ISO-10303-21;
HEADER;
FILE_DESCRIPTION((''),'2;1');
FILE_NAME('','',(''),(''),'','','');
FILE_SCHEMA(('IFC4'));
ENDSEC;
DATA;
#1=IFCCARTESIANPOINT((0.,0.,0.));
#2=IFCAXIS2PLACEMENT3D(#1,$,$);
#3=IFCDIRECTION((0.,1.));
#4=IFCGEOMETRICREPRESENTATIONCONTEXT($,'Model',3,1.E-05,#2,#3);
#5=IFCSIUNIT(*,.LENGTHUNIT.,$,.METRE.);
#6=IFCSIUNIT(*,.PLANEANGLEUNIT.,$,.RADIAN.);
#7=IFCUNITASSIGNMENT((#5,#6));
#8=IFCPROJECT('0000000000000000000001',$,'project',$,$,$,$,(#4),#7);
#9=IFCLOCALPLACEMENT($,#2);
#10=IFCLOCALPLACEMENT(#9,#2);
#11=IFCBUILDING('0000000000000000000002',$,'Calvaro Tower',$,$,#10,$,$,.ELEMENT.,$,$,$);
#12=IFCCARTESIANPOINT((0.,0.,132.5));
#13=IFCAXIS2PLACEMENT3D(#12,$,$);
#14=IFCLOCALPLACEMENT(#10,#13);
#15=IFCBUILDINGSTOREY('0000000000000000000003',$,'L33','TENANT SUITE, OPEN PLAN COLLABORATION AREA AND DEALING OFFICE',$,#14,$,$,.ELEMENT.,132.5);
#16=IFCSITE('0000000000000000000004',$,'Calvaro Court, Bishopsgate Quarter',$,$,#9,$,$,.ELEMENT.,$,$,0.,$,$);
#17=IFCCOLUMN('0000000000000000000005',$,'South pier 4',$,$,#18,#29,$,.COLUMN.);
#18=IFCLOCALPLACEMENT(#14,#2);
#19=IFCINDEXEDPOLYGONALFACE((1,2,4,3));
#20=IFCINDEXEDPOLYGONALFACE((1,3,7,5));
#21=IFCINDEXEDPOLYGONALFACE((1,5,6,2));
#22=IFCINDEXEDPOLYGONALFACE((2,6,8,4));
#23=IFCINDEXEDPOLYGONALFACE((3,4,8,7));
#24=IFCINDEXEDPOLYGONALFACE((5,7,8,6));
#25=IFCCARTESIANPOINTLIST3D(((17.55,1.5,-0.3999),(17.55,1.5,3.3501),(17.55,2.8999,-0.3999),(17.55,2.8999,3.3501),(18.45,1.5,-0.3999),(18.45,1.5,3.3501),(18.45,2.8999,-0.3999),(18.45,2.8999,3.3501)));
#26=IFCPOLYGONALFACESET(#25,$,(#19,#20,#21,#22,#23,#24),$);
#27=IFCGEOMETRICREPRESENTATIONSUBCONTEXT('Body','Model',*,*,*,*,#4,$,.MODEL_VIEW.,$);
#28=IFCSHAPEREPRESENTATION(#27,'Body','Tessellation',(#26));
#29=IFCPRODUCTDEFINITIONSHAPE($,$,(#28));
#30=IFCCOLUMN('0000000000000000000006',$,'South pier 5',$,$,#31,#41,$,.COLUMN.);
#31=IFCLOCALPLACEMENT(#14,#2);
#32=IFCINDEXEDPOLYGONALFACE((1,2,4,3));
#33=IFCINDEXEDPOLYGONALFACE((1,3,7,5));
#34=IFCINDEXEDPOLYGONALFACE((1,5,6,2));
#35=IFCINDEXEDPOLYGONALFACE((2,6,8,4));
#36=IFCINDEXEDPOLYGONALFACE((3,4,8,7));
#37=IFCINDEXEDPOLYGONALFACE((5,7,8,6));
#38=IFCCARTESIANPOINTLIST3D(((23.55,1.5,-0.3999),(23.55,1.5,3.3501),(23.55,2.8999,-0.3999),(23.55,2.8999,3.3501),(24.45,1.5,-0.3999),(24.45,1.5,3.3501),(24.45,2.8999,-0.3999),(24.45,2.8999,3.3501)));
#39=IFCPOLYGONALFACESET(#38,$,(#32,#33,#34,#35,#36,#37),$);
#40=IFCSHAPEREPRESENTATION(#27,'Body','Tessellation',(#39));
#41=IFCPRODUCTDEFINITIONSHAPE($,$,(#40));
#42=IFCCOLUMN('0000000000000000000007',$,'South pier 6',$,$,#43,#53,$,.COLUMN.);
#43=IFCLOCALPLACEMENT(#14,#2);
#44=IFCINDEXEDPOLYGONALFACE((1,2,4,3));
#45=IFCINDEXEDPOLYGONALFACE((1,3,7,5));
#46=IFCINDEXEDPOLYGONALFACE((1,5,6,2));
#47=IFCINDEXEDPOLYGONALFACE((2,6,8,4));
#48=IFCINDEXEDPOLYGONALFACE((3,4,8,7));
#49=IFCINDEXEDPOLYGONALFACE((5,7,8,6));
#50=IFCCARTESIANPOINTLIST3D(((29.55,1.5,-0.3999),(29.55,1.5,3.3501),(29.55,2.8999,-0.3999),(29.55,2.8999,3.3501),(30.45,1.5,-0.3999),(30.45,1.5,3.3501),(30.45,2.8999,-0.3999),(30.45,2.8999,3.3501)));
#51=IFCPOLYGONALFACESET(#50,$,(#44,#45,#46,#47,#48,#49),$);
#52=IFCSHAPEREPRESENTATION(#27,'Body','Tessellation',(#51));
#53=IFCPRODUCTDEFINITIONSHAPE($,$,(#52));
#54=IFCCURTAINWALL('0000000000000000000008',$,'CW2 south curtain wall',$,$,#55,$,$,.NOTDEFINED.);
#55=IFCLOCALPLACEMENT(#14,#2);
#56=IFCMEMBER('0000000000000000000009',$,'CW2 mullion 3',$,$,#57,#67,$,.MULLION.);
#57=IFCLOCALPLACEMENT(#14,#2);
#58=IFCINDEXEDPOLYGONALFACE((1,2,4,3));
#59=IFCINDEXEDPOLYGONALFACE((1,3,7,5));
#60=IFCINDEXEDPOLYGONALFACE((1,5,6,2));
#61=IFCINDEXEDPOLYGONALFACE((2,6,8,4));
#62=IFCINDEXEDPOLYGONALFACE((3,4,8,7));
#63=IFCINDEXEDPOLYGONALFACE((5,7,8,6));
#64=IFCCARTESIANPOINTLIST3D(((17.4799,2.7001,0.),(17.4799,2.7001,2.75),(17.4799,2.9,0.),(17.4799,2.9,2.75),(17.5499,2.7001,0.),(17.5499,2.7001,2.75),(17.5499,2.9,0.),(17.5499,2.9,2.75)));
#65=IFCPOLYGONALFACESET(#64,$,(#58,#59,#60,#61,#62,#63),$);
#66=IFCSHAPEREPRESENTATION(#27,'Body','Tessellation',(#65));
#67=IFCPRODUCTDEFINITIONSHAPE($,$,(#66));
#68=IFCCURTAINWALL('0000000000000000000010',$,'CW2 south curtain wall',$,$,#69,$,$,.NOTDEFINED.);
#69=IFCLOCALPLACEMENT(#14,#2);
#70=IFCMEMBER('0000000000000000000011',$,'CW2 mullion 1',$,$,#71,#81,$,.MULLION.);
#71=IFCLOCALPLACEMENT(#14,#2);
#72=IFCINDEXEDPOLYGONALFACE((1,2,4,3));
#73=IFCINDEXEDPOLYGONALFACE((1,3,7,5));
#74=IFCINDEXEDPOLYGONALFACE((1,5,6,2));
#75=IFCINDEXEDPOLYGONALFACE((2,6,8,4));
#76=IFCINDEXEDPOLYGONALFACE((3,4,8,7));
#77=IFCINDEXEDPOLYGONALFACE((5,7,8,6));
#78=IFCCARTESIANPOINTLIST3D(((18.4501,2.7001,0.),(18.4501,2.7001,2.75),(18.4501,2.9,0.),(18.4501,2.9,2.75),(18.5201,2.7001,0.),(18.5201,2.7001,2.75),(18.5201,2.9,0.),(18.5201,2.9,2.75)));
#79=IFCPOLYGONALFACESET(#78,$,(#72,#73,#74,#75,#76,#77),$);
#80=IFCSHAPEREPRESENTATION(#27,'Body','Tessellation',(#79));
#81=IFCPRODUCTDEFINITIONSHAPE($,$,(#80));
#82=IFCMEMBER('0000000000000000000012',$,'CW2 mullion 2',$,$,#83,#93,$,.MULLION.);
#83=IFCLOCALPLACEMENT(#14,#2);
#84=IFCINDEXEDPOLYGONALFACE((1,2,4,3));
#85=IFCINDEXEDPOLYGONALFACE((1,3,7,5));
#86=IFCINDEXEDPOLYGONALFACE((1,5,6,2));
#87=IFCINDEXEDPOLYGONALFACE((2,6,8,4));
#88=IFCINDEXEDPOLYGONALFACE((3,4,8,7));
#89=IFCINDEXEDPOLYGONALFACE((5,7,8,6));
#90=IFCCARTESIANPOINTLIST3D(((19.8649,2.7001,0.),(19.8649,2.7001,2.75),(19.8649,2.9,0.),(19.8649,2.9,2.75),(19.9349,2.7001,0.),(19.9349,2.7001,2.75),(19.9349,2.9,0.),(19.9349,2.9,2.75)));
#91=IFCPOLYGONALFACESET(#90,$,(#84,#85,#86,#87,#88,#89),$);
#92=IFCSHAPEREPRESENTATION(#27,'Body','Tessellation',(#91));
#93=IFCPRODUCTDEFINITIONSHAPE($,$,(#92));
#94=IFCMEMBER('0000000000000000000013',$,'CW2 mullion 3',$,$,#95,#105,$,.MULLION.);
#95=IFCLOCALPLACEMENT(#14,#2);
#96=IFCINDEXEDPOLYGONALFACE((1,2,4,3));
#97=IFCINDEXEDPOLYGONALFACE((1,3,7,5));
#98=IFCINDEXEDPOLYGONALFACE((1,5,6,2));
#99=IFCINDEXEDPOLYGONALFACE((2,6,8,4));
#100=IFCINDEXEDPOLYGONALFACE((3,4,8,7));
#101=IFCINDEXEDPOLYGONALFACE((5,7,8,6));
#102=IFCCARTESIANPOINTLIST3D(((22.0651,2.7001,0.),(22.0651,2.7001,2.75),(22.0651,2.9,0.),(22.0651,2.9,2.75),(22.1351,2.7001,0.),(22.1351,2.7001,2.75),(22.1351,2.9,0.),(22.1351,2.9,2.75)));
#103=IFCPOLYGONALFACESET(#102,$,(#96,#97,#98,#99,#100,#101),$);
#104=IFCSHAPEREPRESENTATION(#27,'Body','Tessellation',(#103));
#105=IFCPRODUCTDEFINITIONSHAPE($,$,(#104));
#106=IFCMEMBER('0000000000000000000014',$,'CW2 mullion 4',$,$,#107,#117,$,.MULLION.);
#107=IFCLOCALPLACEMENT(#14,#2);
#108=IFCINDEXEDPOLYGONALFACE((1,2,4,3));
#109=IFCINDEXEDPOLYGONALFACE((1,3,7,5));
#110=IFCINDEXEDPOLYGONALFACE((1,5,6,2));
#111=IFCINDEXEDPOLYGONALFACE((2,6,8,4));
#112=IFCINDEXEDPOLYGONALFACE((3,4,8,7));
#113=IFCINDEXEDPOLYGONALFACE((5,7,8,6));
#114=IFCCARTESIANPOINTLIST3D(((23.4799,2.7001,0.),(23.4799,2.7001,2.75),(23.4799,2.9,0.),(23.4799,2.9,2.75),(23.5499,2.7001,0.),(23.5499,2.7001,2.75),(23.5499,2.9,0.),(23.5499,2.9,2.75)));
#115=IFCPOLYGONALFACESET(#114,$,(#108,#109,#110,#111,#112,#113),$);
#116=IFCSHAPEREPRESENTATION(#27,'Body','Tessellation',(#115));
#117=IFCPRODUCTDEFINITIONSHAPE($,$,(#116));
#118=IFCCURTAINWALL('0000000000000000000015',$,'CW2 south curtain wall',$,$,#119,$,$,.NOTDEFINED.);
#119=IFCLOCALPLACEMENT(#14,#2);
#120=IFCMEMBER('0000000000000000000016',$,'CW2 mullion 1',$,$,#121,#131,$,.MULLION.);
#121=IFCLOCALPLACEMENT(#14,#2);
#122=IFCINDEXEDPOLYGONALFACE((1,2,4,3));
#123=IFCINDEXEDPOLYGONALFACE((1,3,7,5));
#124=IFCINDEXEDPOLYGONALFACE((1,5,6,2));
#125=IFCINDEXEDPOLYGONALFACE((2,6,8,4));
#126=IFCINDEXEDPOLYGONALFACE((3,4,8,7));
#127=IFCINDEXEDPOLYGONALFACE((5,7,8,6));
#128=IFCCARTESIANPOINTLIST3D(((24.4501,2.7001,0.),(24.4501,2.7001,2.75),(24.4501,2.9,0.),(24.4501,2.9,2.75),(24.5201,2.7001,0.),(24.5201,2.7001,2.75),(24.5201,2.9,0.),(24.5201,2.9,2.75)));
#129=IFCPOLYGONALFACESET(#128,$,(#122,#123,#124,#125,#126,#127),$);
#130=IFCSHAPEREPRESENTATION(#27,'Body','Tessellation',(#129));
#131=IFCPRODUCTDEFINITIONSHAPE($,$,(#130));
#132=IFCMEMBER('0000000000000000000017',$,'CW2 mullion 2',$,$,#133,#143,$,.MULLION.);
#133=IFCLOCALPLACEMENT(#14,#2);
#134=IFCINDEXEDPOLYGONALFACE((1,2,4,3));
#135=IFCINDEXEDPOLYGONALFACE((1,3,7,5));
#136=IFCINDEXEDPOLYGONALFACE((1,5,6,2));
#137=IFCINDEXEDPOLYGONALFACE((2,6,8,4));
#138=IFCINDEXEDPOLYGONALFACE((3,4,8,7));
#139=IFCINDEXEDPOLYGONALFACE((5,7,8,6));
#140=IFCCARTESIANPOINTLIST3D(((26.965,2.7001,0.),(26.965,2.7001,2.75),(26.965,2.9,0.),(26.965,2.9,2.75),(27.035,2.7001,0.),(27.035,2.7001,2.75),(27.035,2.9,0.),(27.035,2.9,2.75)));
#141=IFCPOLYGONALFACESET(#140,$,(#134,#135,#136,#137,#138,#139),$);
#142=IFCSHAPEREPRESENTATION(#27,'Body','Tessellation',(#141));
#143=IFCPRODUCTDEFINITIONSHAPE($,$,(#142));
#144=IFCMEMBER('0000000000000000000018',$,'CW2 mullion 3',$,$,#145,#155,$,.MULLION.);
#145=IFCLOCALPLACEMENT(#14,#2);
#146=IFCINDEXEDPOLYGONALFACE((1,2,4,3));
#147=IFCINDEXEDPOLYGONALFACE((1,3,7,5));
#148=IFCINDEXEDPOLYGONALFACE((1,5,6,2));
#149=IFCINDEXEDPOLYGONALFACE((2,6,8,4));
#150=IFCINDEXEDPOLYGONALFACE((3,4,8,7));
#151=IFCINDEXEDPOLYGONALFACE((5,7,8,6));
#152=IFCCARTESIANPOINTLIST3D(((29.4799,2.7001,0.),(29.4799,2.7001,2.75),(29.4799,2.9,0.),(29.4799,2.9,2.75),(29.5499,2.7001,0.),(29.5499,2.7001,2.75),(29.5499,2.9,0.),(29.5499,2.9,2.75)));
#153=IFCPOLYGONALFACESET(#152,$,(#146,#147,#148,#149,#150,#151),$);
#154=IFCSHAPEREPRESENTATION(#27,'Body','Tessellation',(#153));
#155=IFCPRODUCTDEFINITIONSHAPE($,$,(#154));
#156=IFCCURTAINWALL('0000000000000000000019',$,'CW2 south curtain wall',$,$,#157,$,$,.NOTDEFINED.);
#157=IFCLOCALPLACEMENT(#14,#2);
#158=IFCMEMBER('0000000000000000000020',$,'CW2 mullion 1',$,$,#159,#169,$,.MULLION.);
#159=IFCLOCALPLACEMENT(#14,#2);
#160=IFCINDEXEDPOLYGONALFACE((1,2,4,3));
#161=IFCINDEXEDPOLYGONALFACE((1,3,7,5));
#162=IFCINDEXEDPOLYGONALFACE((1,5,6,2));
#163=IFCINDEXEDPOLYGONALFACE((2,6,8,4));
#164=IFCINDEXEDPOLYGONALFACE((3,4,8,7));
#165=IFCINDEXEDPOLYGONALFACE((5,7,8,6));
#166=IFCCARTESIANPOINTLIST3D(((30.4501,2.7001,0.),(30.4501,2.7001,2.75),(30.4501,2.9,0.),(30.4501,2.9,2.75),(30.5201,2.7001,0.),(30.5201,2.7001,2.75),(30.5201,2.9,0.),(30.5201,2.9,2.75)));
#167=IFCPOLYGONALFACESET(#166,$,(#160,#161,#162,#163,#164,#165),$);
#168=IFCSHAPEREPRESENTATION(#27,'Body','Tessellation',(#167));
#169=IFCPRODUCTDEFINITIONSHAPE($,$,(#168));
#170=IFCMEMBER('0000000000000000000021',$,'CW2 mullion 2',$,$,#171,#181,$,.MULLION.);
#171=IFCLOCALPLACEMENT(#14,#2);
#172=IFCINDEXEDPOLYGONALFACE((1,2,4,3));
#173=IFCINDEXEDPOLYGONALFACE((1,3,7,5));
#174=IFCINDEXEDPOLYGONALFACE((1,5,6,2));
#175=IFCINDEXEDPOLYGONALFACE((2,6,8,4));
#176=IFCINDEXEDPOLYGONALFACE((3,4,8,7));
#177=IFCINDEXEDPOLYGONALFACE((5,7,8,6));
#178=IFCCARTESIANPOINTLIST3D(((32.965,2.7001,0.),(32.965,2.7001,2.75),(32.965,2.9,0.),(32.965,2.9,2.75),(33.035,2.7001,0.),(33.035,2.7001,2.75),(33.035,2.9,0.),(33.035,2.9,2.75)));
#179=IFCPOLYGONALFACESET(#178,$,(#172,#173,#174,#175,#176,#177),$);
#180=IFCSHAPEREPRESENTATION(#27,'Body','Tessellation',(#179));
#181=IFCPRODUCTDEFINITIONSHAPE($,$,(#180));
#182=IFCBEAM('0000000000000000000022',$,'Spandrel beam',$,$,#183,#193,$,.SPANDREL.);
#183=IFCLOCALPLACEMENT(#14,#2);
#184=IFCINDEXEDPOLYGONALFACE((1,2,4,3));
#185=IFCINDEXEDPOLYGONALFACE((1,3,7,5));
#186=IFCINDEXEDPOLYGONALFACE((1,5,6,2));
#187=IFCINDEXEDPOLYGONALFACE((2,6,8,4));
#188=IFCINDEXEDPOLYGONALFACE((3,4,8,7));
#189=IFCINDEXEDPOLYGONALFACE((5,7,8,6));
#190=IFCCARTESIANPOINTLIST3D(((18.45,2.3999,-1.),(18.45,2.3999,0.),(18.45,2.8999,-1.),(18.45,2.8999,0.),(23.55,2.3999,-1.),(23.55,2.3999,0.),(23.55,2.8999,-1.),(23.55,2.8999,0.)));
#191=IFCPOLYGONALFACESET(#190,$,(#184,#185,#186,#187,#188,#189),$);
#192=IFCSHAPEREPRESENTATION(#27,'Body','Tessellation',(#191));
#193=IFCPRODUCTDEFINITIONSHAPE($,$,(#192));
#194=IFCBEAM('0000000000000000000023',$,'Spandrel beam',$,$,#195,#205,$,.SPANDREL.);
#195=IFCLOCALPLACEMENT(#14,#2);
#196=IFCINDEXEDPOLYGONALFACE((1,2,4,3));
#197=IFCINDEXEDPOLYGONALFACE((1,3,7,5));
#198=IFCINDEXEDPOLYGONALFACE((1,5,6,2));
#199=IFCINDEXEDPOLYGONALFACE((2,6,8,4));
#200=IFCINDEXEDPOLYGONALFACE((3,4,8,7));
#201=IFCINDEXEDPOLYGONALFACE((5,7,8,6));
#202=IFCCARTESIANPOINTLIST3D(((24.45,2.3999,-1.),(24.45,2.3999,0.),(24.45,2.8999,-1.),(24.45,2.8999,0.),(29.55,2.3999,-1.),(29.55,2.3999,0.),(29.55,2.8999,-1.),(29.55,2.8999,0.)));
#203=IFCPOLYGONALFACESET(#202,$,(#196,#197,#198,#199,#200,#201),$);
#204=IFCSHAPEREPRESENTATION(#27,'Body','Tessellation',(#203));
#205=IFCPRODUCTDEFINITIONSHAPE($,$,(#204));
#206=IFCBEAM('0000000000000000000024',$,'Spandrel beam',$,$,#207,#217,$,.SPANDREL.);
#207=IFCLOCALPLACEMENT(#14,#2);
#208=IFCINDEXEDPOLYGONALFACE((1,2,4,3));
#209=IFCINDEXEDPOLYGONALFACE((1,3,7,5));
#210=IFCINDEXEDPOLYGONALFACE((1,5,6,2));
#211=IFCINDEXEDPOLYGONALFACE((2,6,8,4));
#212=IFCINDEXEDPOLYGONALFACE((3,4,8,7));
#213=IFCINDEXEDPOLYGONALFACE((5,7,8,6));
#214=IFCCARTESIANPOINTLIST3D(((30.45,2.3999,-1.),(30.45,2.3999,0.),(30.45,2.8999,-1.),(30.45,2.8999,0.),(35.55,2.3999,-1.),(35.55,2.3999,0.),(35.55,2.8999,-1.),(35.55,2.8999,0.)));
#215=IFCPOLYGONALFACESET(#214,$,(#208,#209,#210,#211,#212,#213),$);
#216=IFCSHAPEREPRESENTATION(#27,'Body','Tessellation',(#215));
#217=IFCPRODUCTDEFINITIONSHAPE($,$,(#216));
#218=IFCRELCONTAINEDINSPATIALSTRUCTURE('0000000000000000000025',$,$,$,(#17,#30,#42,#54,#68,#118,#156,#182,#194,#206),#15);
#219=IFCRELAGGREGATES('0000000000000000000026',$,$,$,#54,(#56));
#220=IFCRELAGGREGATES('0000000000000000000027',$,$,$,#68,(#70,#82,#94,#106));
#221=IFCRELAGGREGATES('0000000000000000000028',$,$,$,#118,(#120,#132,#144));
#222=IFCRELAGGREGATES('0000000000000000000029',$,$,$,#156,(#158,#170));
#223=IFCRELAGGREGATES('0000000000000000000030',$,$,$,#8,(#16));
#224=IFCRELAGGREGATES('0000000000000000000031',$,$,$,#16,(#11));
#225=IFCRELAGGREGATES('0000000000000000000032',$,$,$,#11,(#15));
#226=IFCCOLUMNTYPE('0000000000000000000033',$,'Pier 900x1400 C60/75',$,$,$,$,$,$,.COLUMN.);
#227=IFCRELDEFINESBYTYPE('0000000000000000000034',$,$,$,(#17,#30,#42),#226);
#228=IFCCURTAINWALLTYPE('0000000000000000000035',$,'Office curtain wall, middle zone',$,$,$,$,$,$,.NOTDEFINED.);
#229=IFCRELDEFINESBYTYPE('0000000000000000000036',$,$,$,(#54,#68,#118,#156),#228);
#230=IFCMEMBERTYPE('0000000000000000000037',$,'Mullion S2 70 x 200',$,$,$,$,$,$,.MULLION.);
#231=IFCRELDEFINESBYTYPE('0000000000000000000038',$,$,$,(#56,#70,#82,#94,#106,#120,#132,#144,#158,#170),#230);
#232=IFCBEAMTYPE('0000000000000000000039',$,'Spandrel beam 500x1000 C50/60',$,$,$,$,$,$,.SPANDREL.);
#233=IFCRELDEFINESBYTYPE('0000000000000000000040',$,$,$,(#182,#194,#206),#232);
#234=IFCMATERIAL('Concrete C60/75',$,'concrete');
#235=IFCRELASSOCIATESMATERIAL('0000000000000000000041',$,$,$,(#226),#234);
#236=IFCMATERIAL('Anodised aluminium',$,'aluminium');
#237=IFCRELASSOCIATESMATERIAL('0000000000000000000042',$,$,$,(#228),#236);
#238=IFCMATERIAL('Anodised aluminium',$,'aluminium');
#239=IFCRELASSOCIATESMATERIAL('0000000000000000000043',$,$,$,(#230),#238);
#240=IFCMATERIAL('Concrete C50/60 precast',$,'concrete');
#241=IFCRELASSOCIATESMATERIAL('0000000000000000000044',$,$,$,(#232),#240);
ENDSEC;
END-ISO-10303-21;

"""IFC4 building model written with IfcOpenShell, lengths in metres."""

from ifc_helpers import new_model, si_unit, direction, frame, origin, origin_2d, place, context, subcontext, project, spatial, rectangle, extrude, material, material_profile, profile_set, type_object, element, aggregate, save


model = new_model("IFC4")

# Units and contexts
model_context = context("Model", 3, precision=1e-05, world=origin(), true_north=direction((0.0, 1.0)))
body_context = subcontext(model_context, "Body", "Model", "MODEL_VIEW")
ifc_project = project(units=[si_unit("LENGTHUNIT", "METRE"), si_unit("PLANEANGLEUNIT", "RADIAN")], contexts=[model_context])

# Site, building, storey
site_placement = place(None, origin())
site = spatial("IfcSite", under=ifc_project, at=site_placement, Name="Calvaro Court, Bishopsgate Quarter", CompositionType="ELEMENT", RefElevation=0.0)
building_placement = place(site_placement, origin())
building = spatial("IfcBuilding", under=site, at=building_placement, Name="Calvaro Tower", CompositionType="ELEMENT")
storey_placement = place(building_placement, frame((0.0, 0.0, 132.5)))
storey = spatial("IfcBuildingStorey", under=building, at=storey_placement, Name="L33", Description="TENANT SUITE, OPEN PLAN COLLABORATION AREA AND DEALING OFFICE", CompositionType="ELEMENT", Elevation=132.5)

# Columns
ifc_material_1 = material(Name="Concrete C60/75", Category="concrete")
ifc_material_profile_1 = material_profile(ifc_material_1, rectangle(XDim=0.8999, YDim=1.3999, at=origin_2d()), Name="RC 900x1400")
ifc_profile_set_1 = profile_set([ifc_material_profile_1], Name="Concrete C60/75")
column_type = type_object("IfcColumnType", Name="Pier 900x1400 C60/75", PredefinedType="COLUMN", material=ifc_profile_set_1)
for number, where, z_axis, x_axis, name in (
    (1, (18.0, 2.2, -0.3999), (0.0, 0.0, 1.0), (1.0, 0.0, 0.0), "South pier 4"),
    (2, (24.0, 2.2, -0.3999), (0.0, 0.0, 1.0), (1.0, 0.0, 0.0), "South pier 5"),
    (3, (30.0, 2.2, -0.3999), (0.0, 0.0, 1.0), (1.0, 0.0, 0.0), "South pier 6"),
):
    element("IfcColumn", number, at=place(storey_placement, frame(where, z_axis=z_axis, x_axis=x_axis)), inside=storey, type_object=column_type, Name=name, PredefinedType="COLUMN", context=body_context, shape_type="SweptSolid", body=[
        extrude(rectangle(XDim=0.8999, YDim=1.3999, at=origin_2d()), origin(), (0.0, 0.0, 1.0), 3.75),
    ])

# Curtain wall, member
ifc_material_2 = material(Name="Anodised aluminium", Category="aluminium")
curtain_wall_type = type_object("IfcCurtainWallType", Name="Office curtain wall, middle zone", PredefinedType="NOTDEFINED", material=ifc_material_2)
curtain_wall_1_placement = place(storey_placement, origin())
curtain_wall_1 = element("IfcCurtainWall", 4, at=curtain_wall_1_placement, inside=storey, type_object=curtain_wall_type, Name="CW2 south curtain wall", PredefinedType="NOTDEFINED")
ifc_material_3 = material(Name="Anodised aluminium", Category="aluminium")
ifc_material_profile_2 = material_profile(ifc_material_3, rectangle(XDim=0.2, YDim=0.0701, at=origin_2d()), Name="Mullion S2 70 x 200")
ifc_profile_set_2 = profile_set([ifc_material_profile_2], Name="Anodised aluminium")
member_type_1 = type_object("IfcMemberType", Name="Mullion S2 70 x 200", PredefinedType="MULLION", material=ifc_profile_set_2)
member_1_placement = place(storey_placement, frame((17.5149, 2.8, 0.0), z_axis=(0.0, 0.0, 1.0), x_axis=(0.0, 1.0, 0.0)))
member_1 = element("IfcMember", 5, at=member_1_placement, type_object=member_type_1, Name="CW2 mullion 3", PredefinedType="MULLION", context=body_context, shape_type="SweptSolid", body=[
    extrude(rectangle(XDim=0.2, YDim=0.0701, at=origin_2d()), origin(), (0.0, 0.0, 1.0), 2.75),
])
aggregate(curtain_wall_1, [member_1])

# Curtain walls, members
curtain_wall_2_placement = place(storey_placement, origin())
curtain_wall_2 = element("IfcCurtainWall", 6, at=curtain_wall_2_placement, inside=storey, type_object=curtain_wall_type, Name="CW2 south curtain wall", PredefinedType="NOTDEFINED")
member_2_placement = place(storey_placement, frame((18.4851, 2.8, 0.0), z_axis=(0.0, 0.0, 1.0), x_axis=(0.0, 1.0, 0.0)))
member_2 = element("IfcMember", 7, at=member_2_placement, type_object=member_type_1, Name="CW2 mullion 1", PredefinedType="MULLION", context=body_context, shape_type="SweptSolid", body=[
    extrude(rectangle(XDim=0.2, YDim=0.0701, at=origin_2d()), origin(), (0.0, 0.0, 1.0), 2.75),
])
member_3_placement = place(storey_placement, frame((19.8999, 2.8, 0.0), z_axis=(0.0, 0.0, 1.0), x_axis=(0.0, 1.0, 0.0)))
member_3 = element("IfcMember", 8, at=member_3_placement, type_object=member_type_1, Name="CW2 mullion 2", PredefinedType="MULLION", context=body_context, shape_type="SweptSolid", body=[
    extrude(rectangle(XDim=0.2, YDim=0.0701, at=origin_2d()), origin(), (0.0, 0.0, 1.0), 2.75),
])
member_4_placement = place(storey_placement, frame((22.1001, 2.8, 0.0), z_axis=(0.0, 0.0, 1.0), x_axis=(0.0, 1.0, 0.0)))
member_4 = element("IfcMember", 9, at=member_4_placement, type_object=member_type_1, Name="CW2 mullion 3", PredefinedType="MULLION", context=body_context, shape_type="SweptSolid", body=[
    extrude(rectangle(XDim=0.2, YDim=0.0701, at=origin_2d()), origin(), (0.0, 0.0, 1.0), 2.75),
])
member_5_placement = place(storey_placement, frame((23.5149, 2.8, 0.0), z_axis=(0.0, 0.0, 1.0), x_axis=(0.0, 1.0, 0.0)))
member_5 = element("IfcMember", 10, at=member_5_placement, type_object=member_type_1, Name="CW2 mullion 4", PredefinedType="MULLION", context=body_context, shape_type="SweptSolid", body=[
    extrude(rectangle(XDim=0.2, YDim=0.0701, at=origin_2d()), origin(), (0.0, 0.0, 1.0), 2.75),
])
curtain_wall_3_placement = place(storey_placement, origin())
curtain_wall_3 = element("IfcCurtainWall", 11, at=curtain_wall_3_placement, inside=storey, type_object=curtain_wall_type, Name="CW2 south curtain wall", PredefinedType="NOTDEFINED")
member_6_placement = place(storey_placement, frame((24.4851, 2.8, 0.0), z_axis=(0.0, 0.0, 1.0), x_axis=(0.0, 1.0, 0.0)))
member_6 = element("IfcMember", 12, at=member_6_placement, type_object=member_type_1, Name="CW2 mullion 1", PredefinedType="MULLION", context=body_context, shape_type="SweptSolid", body=[
    extrude(rectangle(XDim=0.2, YDim=0.0701, at=origin_2d()), origin(), (0.0, 0.0, 1.0), 2.75),
])
member_7_placement = place(storey_placement, frame((27.0, 2.8, 0.0), z_axis=(0.0, 0.0, 1.0), x_axis=(0.0, 1.0, 0.0)))
member_7 = element("IfcMember", 13, at=member_7_placement, type_object=member_type_1, Name="CW2 mullion 2", PredefinedType="MULLION", context=body_context, shape_type="SweptSolid", body=[
    extrude(rectangle(XDim=0.2, YDim=0.0701, at=origin_2d()), origin(), (0.0, 0.0, 1.0), 2.75),
])
member_8_placement = place(storey_placement, frame((29.5149, 2.8, 0.0), z_axis=(0.0, 0.0, 1.0), x_axis=(0.0, 1.0, 0.0)))
member_8 = element("IfcMember", 14, at=member_8_placement, type_object=member_type_1, Name="CW2 mullion 3", PredefinedType="MULLION", context=body_context, shape_type="SweptSolid", body=[
    extrude(rectangle(XDim=0.2, YDim=0.0701, at=origin_2d()), origin(), (0.0, 0.0, 1.0), 2.75),
])
curtain_wall_4_placement = place(storey_placement, origin())
curtain_wall_4 = element("IfcCurtainWall", 15, at=curtain_wall_4_placement, inside=storey, type_object=curtain_wall_type, Name="CW2 south curtain wall", PredefinedType="NOTDEFINED")
member_9_placement = place(storey_placement, frame((30.4851, 2.8, 0.0), z_axis=(0.0, 0.0, 1.0), x_axis=(0.0, 1.0, 0.0)))
member_9 = element("IfcMember", 16, at=member_9_placement, type_object=member_type_1, Name="CW2 mullion 1", PredefinedType="MULLION", context=body_context, shape_type="SweptSolid", body=[
    extrude(rectangle(XDim=0.2, YDim=0.0701, at=origin_2d()), origin(), (0.0, 0.0, 1.0), 2.75),
])
member_10_placement = place(storey_placement, frame((33.0, 2.8, 0.0), z_axis=(0.0, 0.0, 1.0), x_axis=(0.0, 1.0, 0.0)))
member_10 = element("IfcMember", 17, at=member_10_placement, type_object=member_type_1, Name="CW2 mullion 2", PredefinedType="MULLION", context=body_context, shape_type="SweptSolid", body=[
    extrude(rectangle(XDim=0.2, YDim=0.0701, at=origin_2d()), origin(), (0.0, 0.0, 1.0), 2.75),
])

# Beams
ifc_material_4 = material(Name="Concrete C50/60 precast", Category="concrete")
ifc_material_profile_3 = material_profile(ifc_material_4, rectangle(XDim=0.5, YDim=1.0, at=origin_2d()), Name="RC 500x1000")
ifc_profile_set_3 = profile_set([ifc_material_profile_3], Name="Concrete C50/60 precast")
beam_type = type_object("IfcBeamType", Name="Spandrel beam 500x1000 C50/60", PredefinedType="SPANDREL", material=ifc_profile_set_3)
for number, where, z_axis, x_axis, name in (
    (18, (18.45, 2.6499, -0.5), (1.0, 0.0, 0.0), (0.0, 1.0, 0.0), "Spandrel beam"),
    (19, (24.45, 2.6499, -0.5), (1.0, 0.0, 0.0), (0.0, 1.0, 0.0), "Spandrel beam"),
    (20, (30.45, 2.6499, -0.5), (1.0, 0.0, 0.0), (0.0, 1.0, 0.0), "Spandrel beam"),
):
    element("IfcBeam", number, at=place(storey_placement, frame(where, z_axis=z_axis, x_axis=x_axis)), inside=storey, type_object=beam_type, Name=name, PredefinedType="SPANDREL", context=body_context, shape_type="SweptSolid", body=[
        extrude(rectangle(XDim=0.5, YDim=1.0, at=origin_2d()), origin(), (0.0, 0.0, 1.0), 5.1001),
    ])

aggregate(curtain_wall_2, [member_2, member_3, member_4, member_5])
aggregate(curtain_wall_3, [member_6, member_7, member_8])
aggregate(curtain_wall_4, [member_9, member_10])

save(model, "model.ifc")
